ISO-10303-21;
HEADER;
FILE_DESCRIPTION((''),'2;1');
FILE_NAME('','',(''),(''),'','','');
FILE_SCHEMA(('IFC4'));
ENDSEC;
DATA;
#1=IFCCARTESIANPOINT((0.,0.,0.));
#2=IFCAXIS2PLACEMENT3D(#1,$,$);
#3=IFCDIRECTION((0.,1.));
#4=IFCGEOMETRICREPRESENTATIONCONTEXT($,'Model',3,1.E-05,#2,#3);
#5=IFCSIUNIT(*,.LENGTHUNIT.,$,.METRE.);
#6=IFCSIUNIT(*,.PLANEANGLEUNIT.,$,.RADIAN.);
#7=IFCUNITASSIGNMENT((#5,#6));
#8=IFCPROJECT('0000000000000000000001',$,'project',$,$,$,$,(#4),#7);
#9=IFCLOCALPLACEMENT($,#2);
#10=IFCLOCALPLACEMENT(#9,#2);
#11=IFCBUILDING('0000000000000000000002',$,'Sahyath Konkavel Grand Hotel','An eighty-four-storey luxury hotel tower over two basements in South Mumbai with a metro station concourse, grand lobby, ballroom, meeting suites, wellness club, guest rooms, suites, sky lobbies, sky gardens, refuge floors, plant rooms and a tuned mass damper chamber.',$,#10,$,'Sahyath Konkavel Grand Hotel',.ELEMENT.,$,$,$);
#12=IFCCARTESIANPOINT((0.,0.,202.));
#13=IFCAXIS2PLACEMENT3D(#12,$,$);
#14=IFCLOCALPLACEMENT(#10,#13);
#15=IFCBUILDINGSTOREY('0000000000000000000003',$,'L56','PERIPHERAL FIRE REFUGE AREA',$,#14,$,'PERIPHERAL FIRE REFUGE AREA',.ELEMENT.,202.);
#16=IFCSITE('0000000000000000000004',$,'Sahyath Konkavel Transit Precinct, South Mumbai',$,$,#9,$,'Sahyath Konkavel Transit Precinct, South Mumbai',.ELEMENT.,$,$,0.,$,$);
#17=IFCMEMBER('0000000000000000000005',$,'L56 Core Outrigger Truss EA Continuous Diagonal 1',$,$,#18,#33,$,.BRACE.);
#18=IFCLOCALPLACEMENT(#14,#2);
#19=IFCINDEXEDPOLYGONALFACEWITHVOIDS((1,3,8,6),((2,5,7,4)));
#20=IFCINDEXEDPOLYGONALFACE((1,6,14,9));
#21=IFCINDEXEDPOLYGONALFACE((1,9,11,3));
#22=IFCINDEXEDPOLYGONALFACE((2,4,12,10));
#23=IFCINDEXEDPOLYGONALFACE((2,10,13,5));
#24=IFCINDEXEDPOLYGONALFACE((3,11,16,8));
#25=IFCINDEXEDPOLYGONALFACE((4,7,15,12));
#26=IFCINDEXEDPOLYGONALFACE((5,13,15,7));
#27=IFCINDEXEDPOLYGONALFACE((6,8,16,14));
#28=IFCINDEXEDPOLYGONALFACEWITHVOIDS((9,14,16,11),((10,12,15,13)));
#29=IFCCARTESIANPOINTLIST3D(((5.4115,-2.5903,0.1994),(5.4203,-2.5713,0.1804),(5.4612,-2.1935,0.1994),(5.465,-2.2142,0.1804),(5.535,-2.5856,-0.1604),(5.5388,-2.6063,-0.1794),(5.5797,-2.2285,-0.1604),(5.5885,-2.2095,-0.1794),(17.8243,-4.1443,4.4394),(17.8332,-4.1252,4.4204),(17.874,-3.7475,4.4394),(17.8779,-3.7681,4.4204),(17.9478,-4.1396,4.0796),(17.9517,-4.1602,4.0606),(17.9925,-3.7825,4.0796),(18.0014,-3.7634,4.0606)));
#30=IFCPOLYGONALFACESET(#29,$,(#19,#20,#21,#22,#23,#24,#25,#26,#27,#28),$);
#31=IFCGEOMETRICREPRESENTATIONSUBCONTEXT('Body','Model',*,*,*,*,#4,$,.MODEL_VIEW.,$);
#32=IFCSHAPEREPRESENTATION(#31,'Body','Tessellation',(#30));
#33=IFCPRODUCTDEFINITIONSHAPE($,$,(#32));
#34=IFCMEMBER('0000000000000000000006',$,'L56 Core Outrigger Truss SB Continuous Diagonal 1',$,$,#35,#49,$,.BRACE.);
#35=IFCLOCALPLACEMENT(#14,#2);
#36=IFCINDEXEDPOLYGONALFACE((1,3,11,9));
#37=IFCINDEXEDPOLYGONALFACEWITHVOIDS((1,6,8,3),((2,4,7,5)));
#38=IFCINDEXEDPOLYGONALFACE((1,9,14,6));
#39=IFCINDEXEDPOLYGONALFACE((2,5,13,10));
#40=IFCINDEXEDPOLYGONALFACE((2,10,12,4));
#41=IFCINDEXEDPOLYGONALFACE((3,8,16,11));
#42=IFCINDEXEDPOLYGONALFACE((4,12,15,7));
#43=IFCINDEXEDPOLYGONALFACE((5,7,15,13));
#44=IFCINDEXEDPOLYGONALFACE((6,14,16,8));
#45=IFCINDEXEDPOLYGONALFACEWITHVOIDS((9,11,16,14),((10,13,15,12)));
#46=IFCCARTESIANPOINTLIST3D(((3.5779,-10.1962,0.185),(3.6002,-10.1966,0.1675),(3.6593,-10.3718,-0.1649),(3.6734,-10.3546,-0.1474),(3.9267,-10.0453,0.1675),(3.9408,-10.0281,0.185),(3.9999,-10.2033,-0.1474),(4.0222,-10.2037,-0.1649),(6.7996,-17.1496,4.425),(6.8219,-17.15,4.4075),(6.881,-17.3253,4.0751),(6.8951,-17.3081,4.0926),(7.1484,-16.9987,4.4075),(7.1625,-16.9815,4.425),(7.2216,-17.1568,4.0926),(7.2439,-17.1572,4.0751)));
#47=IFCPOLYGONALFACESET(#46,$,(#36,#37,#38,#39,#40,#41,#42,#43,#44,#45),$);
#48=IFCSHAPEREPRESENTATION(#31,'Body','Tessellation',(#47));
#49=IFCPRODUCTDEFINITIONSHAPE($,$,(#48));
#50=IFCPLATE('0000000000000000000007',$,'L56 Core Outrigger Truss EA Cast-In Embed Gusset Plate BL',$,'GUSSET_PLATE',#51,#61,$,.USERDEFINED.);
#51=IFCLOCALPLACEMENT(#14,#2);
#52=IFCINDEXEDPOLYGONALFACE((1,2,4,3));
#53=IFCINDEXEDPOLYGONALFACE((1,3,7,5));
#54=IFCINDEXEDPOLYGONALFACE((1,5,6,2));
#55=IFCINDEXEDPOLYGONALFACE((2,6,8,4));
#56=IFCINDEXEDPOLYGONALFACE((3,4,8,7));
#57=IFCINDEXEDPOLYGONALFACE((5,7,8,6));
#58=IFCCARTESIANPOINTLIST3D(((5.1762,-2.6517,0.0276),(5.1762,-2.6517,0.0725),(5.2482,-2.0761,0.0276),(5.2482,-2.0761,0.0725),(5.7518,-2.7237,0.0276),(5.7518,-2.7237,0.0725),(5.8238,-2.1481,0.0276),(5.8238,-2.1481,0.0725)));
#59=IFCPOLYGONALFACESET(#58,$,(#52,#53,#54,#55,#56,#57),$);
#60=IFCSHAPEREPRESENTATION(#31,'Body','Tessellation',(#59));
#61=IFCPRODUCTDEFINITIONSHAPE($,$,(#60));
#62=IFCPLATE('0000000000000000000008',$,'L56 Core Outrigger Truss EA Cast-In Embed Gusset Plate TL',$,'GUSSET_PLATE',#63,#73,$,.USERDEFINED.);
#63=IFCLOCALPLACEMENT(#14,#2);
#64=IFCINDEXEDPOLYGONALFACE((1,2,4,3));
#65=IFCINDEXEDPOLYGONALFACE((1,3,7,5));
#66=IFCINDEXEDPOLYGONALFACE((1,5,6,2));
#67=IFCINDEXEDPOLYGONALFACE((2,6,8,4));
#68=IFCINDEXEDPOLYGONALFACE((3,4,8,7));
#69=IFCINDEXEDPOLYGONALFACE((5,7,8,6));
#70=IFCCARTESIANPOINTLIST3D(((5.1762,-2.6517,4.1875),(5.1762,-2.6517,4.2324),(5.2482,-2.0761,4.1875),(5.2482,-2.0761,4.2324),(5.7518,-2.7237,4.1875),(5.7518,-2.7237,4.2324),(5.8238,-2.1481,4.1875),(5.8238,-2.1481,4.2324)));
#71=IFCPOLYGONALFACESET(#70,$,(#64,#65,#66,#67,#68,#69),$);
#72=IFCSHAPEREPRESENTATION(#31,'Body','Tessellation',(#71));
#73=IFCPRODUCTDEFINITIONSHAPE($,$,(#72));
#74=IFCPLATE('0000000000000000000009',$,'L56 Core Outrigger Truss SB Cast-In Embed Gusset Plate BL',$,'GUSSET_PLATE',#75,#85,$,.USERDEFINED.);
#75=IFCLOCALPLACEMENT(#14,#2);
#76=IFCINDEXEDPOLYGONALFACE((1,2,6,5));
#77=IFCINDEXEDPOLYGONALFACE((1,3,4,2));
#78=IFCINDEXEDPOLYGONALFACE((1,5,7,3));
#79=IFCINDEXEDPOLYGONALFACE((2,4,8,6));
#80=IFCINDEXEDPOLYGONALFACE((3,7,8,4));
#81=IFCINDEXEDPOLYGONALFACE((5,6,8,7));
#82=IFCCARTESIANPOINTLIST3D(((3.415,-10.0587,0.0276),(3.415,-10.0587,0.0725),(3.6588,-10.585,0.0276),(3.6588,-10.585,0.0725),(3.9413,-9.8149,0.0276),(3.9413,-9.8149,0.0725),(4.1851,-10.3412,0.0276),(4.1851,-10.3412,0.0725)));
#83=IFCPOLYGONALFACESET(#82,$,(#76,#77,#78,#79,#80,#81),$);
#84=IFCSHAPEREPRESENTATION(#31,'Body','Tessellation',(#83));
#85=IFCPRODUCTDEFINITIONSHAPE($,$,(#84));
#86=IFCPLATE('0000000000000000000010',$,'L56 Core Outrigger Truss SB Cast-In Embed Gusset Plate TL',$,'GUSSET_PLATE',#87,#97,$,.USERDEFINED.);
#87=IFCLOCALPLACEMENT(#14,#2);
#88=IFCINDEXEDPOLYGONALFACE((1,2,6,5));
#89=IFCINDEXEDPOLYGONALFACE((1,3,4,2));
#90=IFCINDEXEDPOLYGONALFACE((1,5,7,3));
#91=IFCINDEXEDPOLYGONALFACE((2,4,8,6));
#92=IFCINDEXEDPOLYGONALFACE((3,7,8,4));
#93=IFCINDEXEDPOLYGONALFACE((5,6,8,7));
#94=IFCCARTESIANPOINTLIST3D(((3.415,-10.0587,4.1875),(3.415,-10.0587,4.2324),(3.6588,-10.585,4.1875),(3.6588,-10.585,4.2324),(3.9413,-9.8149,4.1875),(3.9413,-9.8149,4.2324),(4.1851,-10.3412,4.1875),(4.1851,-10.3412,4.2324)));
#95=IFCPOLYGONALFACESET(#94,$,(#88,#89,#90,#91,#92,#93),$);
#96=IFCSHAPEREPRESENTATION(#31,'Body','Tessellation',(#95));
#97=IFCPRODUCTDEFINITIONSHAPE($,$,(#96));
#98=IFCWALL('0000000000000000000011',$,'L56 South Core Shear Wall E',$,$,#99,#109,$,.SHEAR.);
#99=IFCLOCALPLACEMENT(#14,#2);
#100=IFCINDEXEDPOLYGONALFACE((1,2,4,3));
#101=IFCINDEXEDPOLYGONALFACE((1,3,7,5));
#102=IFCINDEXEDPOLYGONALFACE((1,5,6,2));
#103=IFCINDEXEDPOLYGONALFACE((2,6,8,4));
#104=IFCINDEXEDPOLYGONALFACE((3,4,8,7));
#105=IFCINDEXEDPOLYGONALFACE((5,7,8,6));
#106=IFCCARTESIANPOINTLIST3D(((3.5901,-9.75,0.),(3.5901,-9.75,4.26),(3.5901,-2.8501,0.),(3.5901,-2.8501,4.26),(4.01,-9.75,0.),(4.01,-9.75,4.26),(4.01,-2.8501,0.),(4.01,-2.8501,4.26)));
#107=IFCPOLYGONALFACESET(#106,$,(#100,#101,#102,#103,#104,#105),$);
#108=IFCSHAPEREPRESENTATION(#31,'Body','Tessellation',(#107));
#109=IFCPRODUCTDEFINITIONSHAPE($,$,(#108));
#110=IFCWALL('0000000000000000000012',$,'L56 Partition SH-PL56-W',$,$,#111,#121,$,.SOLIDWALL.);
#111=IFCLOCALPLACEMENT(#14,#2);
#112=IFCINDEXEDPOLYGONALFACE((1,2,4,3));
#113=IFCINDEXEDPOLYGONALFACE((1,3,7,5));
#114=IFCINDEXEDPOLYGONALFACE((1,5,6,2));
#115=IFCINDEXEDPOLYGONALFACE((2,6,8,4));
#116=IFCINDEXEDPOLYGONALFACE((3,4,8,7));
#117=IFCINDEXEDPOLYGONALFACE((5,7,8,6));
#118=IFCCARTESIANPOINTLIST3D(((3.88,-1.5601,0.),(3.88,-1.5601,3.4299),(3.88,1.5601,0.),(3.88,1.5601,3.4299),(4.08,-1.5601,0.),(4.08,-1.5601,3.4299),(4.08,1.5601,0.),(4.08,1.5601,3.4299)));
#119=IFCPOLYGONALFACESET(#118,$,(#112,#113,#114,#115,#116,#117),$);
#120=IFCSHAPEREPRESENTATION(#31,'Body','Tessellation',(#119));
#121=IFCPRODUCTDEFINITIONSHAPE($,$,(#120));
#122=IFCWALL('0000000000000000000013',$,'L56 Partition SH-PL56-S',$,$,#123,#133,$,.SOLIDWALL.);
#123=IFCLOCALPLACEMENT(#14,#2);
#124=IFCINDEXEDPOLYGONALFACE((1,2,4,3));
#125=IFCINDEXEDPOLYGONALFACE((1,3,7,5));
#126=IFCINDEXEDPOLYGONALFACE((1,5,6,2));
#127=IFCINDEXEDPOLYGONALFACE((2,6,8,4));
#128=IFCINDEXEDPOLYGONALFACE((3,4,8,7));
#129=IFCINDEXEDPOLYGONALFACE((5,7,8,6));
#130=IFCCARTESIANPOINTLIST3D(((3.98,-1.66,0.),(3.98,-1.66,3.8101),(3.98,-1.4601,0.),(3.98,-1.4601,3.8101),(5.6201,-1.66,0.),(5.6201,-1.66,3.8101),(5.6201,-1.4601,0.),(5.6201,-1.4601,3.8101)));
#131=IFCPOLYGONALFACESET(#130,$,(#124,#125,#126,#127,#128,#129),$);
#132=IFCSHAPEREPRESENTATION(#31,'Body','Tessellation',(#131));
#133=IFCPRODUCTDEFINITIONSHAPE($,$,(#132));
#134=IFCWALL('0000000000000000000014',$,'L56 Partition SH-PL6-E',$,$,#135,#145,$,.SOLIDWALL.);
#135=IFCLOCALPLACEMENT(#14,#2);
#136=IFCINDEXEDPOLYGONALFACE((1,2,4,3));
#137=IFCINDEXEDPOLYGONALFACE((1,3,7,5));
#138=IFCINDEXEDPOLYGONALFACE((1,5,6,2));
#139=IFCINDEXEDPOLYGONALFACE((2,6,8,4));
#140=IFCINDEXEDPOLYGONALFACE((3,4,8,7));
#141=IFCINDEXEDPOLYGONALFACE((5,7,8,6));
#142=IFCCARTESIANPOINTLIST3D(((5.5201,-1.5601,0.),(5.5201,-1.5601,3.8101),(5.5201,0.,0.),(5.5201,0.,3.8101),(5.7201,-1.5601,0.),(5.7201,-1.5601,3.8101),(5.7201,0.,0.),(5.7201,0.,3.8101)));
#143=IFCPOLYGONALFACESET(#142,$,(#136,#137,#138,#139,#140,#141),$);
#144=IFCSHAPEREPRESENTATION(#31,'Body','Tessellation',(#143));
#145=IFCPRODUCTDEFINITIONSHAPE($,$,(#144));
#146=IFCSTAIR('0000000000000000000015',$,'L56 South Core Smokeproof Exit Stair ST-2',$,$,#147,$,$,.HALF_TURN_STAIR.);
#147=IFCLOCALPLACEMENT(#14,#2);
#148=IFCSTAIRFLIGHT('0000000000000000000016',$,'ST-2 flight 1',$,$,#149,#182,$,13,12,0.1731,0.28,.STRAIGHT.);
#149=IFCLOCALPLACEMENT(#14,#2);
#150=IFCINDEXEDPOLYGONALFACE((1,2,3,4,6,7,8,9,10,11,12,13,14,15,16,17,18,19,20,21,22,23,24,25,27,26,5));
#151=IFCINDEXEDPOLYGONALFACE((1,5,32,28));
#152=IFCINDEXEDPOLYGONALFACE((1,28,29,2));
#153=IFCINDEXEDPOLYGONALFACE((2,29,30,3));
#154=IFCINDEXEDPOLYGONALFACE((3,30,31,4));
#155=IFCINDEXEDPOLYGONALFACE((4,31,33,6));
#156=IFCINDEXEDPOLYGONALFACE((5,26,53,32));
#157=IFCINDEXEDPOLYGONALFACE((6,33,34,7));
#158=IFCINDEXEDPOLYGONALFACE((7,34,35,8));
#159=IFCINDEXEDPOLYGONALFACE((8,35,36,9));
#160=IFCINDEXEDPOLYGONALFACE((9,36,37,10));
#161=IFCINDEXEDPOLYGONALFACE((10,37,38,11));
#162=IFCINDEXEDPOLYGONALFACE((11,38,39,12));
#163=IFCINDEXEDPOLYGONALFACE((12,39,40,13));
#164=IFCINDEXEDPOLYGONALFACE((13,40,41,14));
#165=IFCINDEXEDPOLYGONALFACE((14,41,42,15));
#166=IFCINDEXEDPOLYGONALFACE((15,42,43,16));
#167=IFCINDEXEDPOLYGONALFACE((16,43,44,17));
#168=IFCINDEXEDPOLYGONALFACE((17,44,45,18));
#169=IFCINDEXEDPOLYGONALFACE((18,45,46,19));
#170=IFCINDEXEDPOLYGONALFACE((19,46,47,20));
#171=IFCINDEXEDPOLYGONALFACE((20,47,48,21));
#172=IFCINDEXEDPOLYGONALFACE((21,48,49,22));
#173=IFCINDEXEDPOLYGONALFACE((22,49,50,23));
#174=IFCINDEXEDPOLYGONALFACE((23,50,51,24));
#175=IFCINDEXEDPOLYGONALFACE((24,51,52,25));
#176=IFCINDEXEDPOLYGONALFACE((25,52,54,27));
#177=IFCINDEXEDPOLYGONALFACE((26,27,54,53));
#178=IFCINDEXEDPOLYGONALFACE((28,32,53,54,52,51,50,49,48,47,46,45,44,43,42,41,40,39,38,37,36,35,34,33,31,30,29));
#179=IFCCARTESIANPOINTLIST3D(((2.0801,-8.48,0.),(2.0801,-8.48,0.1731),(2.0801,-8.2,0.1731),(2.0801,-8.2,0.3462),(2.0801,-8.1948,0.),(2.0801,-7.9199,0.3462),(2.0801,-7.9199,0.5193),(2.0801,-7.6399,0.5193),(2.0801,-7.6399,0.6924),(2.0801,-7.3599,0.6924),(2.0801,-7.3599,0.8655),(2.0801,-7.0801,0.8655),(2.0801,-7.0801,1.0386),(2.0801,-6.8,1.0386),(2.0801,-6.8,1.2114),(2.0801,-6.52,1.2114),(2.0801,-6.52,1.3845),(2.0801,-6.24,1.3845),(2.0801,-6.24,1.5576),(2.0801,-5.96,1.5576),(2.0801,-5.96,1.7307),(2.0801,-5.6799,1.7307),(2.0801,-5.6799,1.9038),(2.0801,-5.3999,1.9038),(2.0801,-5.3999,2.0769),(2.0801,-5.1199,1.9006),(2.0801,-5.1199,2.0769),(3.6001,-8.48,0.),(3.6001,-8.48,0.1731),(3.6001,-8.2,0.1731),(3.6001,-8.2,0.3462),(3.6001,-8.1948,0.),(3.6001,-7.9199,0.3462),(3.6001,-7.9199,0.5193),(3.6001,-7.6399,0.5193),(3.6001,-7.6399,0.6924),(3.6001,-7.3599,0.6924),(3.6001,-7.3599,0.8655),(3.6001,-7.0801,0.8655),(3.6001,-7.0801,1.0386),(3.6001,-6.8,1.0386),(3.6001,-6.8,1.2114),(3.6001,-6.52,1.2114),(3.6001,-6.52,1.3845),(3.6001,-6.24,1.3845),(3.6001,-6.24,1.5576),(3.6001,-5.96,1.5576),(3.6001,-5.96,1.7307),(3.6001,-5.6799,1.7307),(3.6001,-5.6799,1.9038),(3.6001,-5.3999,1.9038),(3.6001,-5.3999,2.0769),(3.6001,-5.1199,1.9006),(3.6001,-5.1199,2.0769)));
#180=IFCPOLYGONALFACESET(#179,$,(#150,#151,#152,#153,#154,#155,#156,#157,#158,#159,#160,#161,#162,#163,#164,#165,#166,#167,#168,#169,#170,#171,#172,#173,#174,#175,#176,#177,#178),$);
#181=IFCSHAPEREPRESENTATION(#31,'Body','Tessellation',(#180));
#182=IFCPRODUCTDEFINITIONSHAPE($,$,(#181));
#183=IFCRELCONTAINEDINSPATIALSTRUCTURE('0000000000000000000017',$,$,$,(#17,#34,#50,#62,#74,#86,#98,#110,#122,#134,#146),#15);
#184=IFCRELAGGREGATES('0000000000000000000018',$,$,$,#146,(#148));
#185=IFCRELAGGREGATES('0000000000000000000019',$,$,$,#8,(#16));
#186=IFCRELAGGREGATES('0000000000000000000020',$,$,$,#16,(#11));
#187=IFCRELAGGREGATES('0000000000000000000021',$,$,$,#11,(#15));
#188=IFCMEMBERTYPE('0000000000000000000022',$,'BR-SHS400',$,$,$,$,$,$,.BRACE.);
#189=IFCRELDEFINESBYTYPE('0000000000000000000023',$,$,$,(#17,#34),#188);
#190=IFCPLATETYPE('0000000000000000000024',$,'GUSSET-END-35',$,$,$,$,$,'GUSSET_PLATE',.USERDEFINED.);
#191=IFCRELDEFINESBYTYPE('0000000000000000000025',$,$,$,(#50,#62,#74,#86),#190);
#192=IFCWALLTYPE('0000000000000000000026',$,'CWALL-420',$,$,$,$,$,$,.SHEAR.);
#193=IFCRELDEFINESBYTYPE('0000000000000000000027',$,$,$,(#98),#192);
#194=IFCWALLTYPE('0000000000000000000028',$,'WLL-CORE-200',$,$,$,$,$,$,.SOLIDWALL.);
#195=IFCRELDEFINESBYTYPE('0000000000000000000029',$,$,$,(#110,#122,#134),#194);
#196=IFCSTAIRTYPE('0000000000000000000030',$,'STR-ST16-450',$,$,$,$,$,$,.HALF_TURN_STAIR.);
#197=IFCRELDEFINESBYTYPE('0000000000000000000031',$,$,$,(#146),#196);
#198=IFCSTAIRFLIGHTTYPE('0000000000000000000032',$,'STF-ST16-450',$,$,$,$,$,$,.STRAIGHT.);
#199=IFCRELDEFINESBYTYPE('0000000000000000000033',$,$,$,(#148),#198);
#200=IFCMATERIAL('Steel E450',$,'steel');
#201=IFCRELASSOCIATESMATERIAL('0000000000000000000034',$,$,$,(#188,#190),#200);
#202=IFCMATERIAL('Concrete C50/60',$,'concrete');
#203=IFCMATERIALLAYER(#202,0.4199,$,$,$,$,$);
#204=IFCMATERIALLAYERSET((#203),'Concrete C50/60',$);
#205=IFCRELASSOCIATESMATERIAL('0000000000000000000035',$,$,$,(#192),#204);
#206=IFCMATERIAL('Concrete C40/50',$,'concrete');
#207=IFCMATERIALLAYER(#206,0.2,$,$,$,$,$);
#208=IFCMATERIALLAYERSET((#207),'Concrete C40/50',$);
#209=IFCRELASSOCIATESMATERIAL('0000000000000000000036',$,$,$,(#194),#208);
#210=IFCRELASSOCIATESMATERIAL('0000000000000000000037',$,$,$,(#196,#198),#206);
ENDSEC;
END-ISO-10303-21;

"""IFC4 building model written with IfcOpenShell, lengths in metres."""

from ifc_helpers import new_model, si_unit, direction, frame, frame_2d, origin, origin_2d, place, context, subcontext, project, spatial, polyline, rectangle, hollow_rectangle, outline, extrude, source, transform, mapped, material, layer, layer_set, material_profile, profile_set, type_object, element, aggregate, save


model = new_model("IFC4")

# Units and contexts
model_context = context("Model", 3, precision=1e-05, world=origin(), true_north=direction((0.0, 1.0)))
body_context = subcontext(model_context, "Body", "Model", "MODEL_VIEW")
ifc_project = project(units=[si_unit("LENGTHUNIT", "METRE"), si_unit("PLANEANGLEUNIT", "RADIAN")], contexts=[model_context])

# Site, building, storey
site_placement = place(None, origin())
site = spatial("IfcSite", under=ifc_project, at=site_placement, Name="Sahyath Konkavel Transit Precinct, South Mumbai", LongName="Sahyath Konkavel Transit Precinct, South Mumbai", CompositionType="ELEMENT", RefElevation=0.0)
building_placement = place(site_placement, origin())
building = spatial("IfcBuilding", under=site, at=building_placement, Name="Sahyath Konkavel Grand Hotel", Description="An eighty-four-storey luxury hotel tower over two basements in South Mumbai with a metro station concourse, grand lobby, ballroom, meeting suites, wellness club, guest rooms, suites, sky lobbies, sky gardens, refuge floors, plant rooms and a tuned mass damper chamber.", LongName="Sahyath Konkavel Grand Hotel", CompositionType="ELEMENT")
storey_placement = place(building_placement, frame((0.0, 0.0, 202.0)))
storey = spatial("IfcBuildingStorey", under=building, at=storey_placement, Name="L56", Description="PERIPHERAL FIRE REFUGE AREA", LongName="PERIPHERAL FIRE REFUGE AREA", CompositionType="ELEMENT", Elevation=202.0)

# Shared definitions
ifc_material_1 = material(Name="Concrete C50/60", Category="concrete")

# Shared definitions
ifc_material_2 = material(Name="Steel E450", Category="steel")

# Members
ifc_material_profile_1 = material_profile(ifc_material_2, hollow_rectangle(XDim=0.3999, YDim=0.3999, WallThickness=0.02, at=origin_2d()), Name="SHS 400x400x20")
ifc_profile_set_1 = profile_set([ifc_material_profile_1], Name="Steel E450")
member_type = type_object("IfcMemberType", Name="BR-SHS400", PredefinedType="BRACE", material=ifc_profile_set_1)
shared_shape_1 = source(origin(), body_context, "Body", "SweptSolid", [
    extrude(hollow_rectangle(XDim=0.3999, YDim=0.3999, WallThickness=0.02, at=origin_2d()), origin(), (0.0, 0.0, 1.0), 13.2087),
])
member_1_placement = place(storey_placement, frame((5.5, -2.3999, 0.01), z_axis=(0.939744, -0.117646, 0.320999), x_axis=(0.12422, 0.992255, 0.0)))
element("IfcMember", 1, at=member_1_placement, inside=storey, type_object=member_type, Name="L56 Core Outrigger Truss EA Continuous Diagonal 1", PredefinedType="BRACE", context=body_context, shape_type="MappedRepresentation", body=[
    mapped(shared_shape_1, transform((0.0, 0.0, 0.0), scale=1.0)),
])
shared_shape_2 = source(origin(), body_context, "Body", "SweptSolid", [
    extrude(hollow_rectangle(XDim=0.3999, YDim=0.3999, WallThickness=0.02, at=origin_2d()), origin(), (0.0, 0.0, 1.0), 8.7583),
])
member_2_placement = place(storey_placement, frame((3.8, -10.2, 0.01), z_axis=(0.367847, -0.793927, 0.484117), x_axis=(0.907341, 0.420395, 0.0)))
element("IfcMember", 2, at=member_2_placement, inside=storey, type_object=member_type, Name="L56 Core Outrigger Truss SB Continuous Diagonal 1", PredefinedType="BRACE", context=body_context, shape_type="MappedRepresentation", body=[
    mapped(shared_shape_2, transform((0.0, 0.0, 0.0), scale=1.0)),
])

# Plates
plate_type = type_object("IfcPlateType", Name="GUSSET-END-35", ElementType="GUSSET_PLATE", PredefinedType="USERDEFINED", material=ifc_material_2)
shared_shape_3 = source(origin(), body_context, "Body", "SweptSolid", [
    extrude(rectangle(XDim=0.5801, YDim=0.5801, at=origin_2d()), origin(), (0.0, 0.0, 1.0), 0.0449),
])
for number, where, z_axis, x_axis, name in (
    (3, (5.5, -2.3999, 0.0276), (0.0, 0.0, 1.0), (0.992256, -0.124208, 0.0), "L56 Core Outrigger Truss EA Cast-In Embed Gusset Plate BL"),
    (4, (5.5, -2.3999, 4.1875), (0.0, 0.0, 1.0), (0.992256, -0.124208, 0.0), "L56 Core Outrigger Truss EA Cast-In Embed Gusset Plate TL"),
    (5, (3.8, -10.2, 0.0276), (0.0, 0.0, 1.0), (0.420402, -0.907338, 0.0), "L56 Core Outrigger Truss SB Cast-In Embed Gusset Plate BL"),
    (6, (3.8, -10.2, 4.1875), (0.0, 0.0, 1.0), (0.420402, -0.907338, 0.0), "L56 Core Outrigger Truss SB Cast-In Embed Gusset Plate TL"),
):
    element("IfcPlate", number, at=place(storey_placement, frame(where, z_axis=z_axis, x_axis=x_axis)), inside=storey, type_object=plate_type, Name=name, ObjectType="GUSSET_PLATE", PredefinedType="USERDEFINED", context=body_context, shape_type="MappedRepresentation", body=[
        mapped(shared_shape_3, transform((0.0, 0.0, 0.0), scale=1.0)),
    ])

# Walls
ifc_layer_1 = layer(ifc_material_1, 0.4199)
ifc_layer_set_1 = layer_set([ifc_layer_1], Name="Concrete C50/60")
wall_type_1 = type_object("IfcWallType", Name="CWALL-420", PredefinedType="SHEAR", material=ifc_layer_set_1)
wall_1_placement = place(storey_placement, frame((3.8, -9.75, 0.0), z_axis=(0.0, 0.0, 1.0), x_axis=(0.0, 1.0, 0.0)))
element("IfcWall", 7, at=wall_1_placement, inside=storey, type_object=wall_type_1, Name="L56 South Core Shear Wall E", PredefinedType="SHEAR", context=body_context, shape_type="SweptSolid", body=[
    extrude(rectangle(XDim=6.8999, YDim=0.4199, at=frame_2d((3.45, 0.0))), origin(), (0.0, 0.0, 1.0), 4.26),
])
ifc_material_3 = material(Name="Concrete C40/50", Category="concrete")
ifc_layer_2 = layer(ifc_material_3, 0.2)
ifc_layer_set_2 = layer_set([ifc_layer_2], Name="Concrete C40/50")
wall_type_2 = type_object("IfcWallType", Name="WLL-CORE-200", PredefinedType="SOLIDWALL", material=ifc_layer_set_2)
wall_2_placement = place(storey_placement, frame((3.98, -1.5601, 0.0), z_axis=(0.0, 0.0, 1.0), x_axis=(0.0, 1.0, 0.0)))
element("IfcWall", 8, at=wall_2_placement, inside=storey, type_object=wall_type_2, Name="L56 Partition SH-PL56-W", PredefinedType="SOLIDWALL", context=body_context, shape_type="SweptSolid", body=[
    extrude(rectangle(XDim=3.1201, YDim=0.2, at=frame_2d((1.5601, 0.0))), origin(), (0.0, 0.0, 1.0), 3.4299),
])
wall_3_placement = place(storey_placement, frame((3.98, -1.5601, 0.0), z_axis=(0.0, 0.0, 1.0), x_axis=(1.0, 0.0, 0.0)))
element("IfcWall", 9, at=wall_3_placement, inside=storey, type_object=wall_type_2, Name="L56 Partition SH-PL56-S", PredefinedType="SOLIDWALL", context=body_context, shape_type="SweptSolid", body=[
    extrude(rectangle(XDim=1.6401, YDim=0.2, at=frame_2d((0.8201, 0.0))), origin(), (0.0, 0.0, 1.0), 3.8101),
])
wall_4_placement = place(storey_placement, frame((5.6201, -1.5601, 0.0), z_axis=(0.0, 0.0, 1.0), x_axis=(0.0, 1.0, 0.0)))
element("IfcWall", 10, at=wall_4_placement, inside=storey, type_object=wall_type_2, Name="L56 Partition SH-PL6-E", PredefinedType="SOLIDWALL", context=body_context, shape_type="SweptSolid", body=[
    extrude(rectangle(XDim=1.5601, YDim=0.2, at=frame_2d((0.78, 0.0))), origin(), (0.0, 0.0, 1.0), 3.8101),
])

# Stair, stair flight
stair_type = type_object("IfcStairType", Name="STR-ST16-450", PredefinedType="HALF_TURN_STAIR", material=ifc_material_3)
stair_placement = place(storey_placement, origin())
stair = element("IfcStair", 11, at=stair_placement, inside=storey, type_object=stair_type, Name="L56 South Core Smokeproof Exit Stair ST-2", PredefinedType="HALF_TURN_STAIR")
stair_flight_type = type_object("IfcStairFlightType", Name="STF-ST16-450", PredefinedType="STRAIGHT", material=ifc_material_3)
stair_flight_placement = place(storey_placement, frame((2.8401, -8.48, 0.0), z_axis=(0.0, 0.0, 1.0), x_axis=(0.0, 1.0, 0.0)))
stair_flight = element("IfcStairFlight", 12, at=stair_flight_placement, type_object=stair_flight_type, Name="ST-2 flight 1", NumberOfRisers=13, NumberOfTreads=12, PredefinedType="STRAIGHT", RiserHeight=0.1731, TreadLength=0.28, context=body_context, shape_type="SweptSolid", body=[
    extrude(outline(polyline([(0.0, 0.0), (0.0, 0.1731), (0.28, 0.1731), (0.28, 0.3462), (0.5601, 0.3462), (0.5601, 0.5193), (0.8401, 0.5193), (0.8401, 0.6924), (1.1201, 0.6924), (1.1201, 0.8655), (1.3999, 0.8655), (1.3999, 1.0386), (1.6799, 1.0386), (1.6799, 1.2114), (1.96, 1.2114), (1.96, 1.3845), (2.24, 1.3845), (2.24, 1.5576), (2.52, 1.5576), (2.52, 1.7307), (2.8, 1.7307), (2.8, 1.9038), (3.0801, 1.9038), (3.0801, 2.0769), (3.3601, 2.0769), (3.3601, 2.25), (3.3601, 1.9006), (0.2852, 0.0), (0.0, 0.0)])), frame((0.0, 0.76, 0.0), z_axis=(0.0, -1.0, 0.0), x_axis=(1.0, 0.0, 0.0)), (0.0, 0.0, 1.0), 1.52),
])
aggregate(stair, [stair_flight])

save(model, "model.ifc")
